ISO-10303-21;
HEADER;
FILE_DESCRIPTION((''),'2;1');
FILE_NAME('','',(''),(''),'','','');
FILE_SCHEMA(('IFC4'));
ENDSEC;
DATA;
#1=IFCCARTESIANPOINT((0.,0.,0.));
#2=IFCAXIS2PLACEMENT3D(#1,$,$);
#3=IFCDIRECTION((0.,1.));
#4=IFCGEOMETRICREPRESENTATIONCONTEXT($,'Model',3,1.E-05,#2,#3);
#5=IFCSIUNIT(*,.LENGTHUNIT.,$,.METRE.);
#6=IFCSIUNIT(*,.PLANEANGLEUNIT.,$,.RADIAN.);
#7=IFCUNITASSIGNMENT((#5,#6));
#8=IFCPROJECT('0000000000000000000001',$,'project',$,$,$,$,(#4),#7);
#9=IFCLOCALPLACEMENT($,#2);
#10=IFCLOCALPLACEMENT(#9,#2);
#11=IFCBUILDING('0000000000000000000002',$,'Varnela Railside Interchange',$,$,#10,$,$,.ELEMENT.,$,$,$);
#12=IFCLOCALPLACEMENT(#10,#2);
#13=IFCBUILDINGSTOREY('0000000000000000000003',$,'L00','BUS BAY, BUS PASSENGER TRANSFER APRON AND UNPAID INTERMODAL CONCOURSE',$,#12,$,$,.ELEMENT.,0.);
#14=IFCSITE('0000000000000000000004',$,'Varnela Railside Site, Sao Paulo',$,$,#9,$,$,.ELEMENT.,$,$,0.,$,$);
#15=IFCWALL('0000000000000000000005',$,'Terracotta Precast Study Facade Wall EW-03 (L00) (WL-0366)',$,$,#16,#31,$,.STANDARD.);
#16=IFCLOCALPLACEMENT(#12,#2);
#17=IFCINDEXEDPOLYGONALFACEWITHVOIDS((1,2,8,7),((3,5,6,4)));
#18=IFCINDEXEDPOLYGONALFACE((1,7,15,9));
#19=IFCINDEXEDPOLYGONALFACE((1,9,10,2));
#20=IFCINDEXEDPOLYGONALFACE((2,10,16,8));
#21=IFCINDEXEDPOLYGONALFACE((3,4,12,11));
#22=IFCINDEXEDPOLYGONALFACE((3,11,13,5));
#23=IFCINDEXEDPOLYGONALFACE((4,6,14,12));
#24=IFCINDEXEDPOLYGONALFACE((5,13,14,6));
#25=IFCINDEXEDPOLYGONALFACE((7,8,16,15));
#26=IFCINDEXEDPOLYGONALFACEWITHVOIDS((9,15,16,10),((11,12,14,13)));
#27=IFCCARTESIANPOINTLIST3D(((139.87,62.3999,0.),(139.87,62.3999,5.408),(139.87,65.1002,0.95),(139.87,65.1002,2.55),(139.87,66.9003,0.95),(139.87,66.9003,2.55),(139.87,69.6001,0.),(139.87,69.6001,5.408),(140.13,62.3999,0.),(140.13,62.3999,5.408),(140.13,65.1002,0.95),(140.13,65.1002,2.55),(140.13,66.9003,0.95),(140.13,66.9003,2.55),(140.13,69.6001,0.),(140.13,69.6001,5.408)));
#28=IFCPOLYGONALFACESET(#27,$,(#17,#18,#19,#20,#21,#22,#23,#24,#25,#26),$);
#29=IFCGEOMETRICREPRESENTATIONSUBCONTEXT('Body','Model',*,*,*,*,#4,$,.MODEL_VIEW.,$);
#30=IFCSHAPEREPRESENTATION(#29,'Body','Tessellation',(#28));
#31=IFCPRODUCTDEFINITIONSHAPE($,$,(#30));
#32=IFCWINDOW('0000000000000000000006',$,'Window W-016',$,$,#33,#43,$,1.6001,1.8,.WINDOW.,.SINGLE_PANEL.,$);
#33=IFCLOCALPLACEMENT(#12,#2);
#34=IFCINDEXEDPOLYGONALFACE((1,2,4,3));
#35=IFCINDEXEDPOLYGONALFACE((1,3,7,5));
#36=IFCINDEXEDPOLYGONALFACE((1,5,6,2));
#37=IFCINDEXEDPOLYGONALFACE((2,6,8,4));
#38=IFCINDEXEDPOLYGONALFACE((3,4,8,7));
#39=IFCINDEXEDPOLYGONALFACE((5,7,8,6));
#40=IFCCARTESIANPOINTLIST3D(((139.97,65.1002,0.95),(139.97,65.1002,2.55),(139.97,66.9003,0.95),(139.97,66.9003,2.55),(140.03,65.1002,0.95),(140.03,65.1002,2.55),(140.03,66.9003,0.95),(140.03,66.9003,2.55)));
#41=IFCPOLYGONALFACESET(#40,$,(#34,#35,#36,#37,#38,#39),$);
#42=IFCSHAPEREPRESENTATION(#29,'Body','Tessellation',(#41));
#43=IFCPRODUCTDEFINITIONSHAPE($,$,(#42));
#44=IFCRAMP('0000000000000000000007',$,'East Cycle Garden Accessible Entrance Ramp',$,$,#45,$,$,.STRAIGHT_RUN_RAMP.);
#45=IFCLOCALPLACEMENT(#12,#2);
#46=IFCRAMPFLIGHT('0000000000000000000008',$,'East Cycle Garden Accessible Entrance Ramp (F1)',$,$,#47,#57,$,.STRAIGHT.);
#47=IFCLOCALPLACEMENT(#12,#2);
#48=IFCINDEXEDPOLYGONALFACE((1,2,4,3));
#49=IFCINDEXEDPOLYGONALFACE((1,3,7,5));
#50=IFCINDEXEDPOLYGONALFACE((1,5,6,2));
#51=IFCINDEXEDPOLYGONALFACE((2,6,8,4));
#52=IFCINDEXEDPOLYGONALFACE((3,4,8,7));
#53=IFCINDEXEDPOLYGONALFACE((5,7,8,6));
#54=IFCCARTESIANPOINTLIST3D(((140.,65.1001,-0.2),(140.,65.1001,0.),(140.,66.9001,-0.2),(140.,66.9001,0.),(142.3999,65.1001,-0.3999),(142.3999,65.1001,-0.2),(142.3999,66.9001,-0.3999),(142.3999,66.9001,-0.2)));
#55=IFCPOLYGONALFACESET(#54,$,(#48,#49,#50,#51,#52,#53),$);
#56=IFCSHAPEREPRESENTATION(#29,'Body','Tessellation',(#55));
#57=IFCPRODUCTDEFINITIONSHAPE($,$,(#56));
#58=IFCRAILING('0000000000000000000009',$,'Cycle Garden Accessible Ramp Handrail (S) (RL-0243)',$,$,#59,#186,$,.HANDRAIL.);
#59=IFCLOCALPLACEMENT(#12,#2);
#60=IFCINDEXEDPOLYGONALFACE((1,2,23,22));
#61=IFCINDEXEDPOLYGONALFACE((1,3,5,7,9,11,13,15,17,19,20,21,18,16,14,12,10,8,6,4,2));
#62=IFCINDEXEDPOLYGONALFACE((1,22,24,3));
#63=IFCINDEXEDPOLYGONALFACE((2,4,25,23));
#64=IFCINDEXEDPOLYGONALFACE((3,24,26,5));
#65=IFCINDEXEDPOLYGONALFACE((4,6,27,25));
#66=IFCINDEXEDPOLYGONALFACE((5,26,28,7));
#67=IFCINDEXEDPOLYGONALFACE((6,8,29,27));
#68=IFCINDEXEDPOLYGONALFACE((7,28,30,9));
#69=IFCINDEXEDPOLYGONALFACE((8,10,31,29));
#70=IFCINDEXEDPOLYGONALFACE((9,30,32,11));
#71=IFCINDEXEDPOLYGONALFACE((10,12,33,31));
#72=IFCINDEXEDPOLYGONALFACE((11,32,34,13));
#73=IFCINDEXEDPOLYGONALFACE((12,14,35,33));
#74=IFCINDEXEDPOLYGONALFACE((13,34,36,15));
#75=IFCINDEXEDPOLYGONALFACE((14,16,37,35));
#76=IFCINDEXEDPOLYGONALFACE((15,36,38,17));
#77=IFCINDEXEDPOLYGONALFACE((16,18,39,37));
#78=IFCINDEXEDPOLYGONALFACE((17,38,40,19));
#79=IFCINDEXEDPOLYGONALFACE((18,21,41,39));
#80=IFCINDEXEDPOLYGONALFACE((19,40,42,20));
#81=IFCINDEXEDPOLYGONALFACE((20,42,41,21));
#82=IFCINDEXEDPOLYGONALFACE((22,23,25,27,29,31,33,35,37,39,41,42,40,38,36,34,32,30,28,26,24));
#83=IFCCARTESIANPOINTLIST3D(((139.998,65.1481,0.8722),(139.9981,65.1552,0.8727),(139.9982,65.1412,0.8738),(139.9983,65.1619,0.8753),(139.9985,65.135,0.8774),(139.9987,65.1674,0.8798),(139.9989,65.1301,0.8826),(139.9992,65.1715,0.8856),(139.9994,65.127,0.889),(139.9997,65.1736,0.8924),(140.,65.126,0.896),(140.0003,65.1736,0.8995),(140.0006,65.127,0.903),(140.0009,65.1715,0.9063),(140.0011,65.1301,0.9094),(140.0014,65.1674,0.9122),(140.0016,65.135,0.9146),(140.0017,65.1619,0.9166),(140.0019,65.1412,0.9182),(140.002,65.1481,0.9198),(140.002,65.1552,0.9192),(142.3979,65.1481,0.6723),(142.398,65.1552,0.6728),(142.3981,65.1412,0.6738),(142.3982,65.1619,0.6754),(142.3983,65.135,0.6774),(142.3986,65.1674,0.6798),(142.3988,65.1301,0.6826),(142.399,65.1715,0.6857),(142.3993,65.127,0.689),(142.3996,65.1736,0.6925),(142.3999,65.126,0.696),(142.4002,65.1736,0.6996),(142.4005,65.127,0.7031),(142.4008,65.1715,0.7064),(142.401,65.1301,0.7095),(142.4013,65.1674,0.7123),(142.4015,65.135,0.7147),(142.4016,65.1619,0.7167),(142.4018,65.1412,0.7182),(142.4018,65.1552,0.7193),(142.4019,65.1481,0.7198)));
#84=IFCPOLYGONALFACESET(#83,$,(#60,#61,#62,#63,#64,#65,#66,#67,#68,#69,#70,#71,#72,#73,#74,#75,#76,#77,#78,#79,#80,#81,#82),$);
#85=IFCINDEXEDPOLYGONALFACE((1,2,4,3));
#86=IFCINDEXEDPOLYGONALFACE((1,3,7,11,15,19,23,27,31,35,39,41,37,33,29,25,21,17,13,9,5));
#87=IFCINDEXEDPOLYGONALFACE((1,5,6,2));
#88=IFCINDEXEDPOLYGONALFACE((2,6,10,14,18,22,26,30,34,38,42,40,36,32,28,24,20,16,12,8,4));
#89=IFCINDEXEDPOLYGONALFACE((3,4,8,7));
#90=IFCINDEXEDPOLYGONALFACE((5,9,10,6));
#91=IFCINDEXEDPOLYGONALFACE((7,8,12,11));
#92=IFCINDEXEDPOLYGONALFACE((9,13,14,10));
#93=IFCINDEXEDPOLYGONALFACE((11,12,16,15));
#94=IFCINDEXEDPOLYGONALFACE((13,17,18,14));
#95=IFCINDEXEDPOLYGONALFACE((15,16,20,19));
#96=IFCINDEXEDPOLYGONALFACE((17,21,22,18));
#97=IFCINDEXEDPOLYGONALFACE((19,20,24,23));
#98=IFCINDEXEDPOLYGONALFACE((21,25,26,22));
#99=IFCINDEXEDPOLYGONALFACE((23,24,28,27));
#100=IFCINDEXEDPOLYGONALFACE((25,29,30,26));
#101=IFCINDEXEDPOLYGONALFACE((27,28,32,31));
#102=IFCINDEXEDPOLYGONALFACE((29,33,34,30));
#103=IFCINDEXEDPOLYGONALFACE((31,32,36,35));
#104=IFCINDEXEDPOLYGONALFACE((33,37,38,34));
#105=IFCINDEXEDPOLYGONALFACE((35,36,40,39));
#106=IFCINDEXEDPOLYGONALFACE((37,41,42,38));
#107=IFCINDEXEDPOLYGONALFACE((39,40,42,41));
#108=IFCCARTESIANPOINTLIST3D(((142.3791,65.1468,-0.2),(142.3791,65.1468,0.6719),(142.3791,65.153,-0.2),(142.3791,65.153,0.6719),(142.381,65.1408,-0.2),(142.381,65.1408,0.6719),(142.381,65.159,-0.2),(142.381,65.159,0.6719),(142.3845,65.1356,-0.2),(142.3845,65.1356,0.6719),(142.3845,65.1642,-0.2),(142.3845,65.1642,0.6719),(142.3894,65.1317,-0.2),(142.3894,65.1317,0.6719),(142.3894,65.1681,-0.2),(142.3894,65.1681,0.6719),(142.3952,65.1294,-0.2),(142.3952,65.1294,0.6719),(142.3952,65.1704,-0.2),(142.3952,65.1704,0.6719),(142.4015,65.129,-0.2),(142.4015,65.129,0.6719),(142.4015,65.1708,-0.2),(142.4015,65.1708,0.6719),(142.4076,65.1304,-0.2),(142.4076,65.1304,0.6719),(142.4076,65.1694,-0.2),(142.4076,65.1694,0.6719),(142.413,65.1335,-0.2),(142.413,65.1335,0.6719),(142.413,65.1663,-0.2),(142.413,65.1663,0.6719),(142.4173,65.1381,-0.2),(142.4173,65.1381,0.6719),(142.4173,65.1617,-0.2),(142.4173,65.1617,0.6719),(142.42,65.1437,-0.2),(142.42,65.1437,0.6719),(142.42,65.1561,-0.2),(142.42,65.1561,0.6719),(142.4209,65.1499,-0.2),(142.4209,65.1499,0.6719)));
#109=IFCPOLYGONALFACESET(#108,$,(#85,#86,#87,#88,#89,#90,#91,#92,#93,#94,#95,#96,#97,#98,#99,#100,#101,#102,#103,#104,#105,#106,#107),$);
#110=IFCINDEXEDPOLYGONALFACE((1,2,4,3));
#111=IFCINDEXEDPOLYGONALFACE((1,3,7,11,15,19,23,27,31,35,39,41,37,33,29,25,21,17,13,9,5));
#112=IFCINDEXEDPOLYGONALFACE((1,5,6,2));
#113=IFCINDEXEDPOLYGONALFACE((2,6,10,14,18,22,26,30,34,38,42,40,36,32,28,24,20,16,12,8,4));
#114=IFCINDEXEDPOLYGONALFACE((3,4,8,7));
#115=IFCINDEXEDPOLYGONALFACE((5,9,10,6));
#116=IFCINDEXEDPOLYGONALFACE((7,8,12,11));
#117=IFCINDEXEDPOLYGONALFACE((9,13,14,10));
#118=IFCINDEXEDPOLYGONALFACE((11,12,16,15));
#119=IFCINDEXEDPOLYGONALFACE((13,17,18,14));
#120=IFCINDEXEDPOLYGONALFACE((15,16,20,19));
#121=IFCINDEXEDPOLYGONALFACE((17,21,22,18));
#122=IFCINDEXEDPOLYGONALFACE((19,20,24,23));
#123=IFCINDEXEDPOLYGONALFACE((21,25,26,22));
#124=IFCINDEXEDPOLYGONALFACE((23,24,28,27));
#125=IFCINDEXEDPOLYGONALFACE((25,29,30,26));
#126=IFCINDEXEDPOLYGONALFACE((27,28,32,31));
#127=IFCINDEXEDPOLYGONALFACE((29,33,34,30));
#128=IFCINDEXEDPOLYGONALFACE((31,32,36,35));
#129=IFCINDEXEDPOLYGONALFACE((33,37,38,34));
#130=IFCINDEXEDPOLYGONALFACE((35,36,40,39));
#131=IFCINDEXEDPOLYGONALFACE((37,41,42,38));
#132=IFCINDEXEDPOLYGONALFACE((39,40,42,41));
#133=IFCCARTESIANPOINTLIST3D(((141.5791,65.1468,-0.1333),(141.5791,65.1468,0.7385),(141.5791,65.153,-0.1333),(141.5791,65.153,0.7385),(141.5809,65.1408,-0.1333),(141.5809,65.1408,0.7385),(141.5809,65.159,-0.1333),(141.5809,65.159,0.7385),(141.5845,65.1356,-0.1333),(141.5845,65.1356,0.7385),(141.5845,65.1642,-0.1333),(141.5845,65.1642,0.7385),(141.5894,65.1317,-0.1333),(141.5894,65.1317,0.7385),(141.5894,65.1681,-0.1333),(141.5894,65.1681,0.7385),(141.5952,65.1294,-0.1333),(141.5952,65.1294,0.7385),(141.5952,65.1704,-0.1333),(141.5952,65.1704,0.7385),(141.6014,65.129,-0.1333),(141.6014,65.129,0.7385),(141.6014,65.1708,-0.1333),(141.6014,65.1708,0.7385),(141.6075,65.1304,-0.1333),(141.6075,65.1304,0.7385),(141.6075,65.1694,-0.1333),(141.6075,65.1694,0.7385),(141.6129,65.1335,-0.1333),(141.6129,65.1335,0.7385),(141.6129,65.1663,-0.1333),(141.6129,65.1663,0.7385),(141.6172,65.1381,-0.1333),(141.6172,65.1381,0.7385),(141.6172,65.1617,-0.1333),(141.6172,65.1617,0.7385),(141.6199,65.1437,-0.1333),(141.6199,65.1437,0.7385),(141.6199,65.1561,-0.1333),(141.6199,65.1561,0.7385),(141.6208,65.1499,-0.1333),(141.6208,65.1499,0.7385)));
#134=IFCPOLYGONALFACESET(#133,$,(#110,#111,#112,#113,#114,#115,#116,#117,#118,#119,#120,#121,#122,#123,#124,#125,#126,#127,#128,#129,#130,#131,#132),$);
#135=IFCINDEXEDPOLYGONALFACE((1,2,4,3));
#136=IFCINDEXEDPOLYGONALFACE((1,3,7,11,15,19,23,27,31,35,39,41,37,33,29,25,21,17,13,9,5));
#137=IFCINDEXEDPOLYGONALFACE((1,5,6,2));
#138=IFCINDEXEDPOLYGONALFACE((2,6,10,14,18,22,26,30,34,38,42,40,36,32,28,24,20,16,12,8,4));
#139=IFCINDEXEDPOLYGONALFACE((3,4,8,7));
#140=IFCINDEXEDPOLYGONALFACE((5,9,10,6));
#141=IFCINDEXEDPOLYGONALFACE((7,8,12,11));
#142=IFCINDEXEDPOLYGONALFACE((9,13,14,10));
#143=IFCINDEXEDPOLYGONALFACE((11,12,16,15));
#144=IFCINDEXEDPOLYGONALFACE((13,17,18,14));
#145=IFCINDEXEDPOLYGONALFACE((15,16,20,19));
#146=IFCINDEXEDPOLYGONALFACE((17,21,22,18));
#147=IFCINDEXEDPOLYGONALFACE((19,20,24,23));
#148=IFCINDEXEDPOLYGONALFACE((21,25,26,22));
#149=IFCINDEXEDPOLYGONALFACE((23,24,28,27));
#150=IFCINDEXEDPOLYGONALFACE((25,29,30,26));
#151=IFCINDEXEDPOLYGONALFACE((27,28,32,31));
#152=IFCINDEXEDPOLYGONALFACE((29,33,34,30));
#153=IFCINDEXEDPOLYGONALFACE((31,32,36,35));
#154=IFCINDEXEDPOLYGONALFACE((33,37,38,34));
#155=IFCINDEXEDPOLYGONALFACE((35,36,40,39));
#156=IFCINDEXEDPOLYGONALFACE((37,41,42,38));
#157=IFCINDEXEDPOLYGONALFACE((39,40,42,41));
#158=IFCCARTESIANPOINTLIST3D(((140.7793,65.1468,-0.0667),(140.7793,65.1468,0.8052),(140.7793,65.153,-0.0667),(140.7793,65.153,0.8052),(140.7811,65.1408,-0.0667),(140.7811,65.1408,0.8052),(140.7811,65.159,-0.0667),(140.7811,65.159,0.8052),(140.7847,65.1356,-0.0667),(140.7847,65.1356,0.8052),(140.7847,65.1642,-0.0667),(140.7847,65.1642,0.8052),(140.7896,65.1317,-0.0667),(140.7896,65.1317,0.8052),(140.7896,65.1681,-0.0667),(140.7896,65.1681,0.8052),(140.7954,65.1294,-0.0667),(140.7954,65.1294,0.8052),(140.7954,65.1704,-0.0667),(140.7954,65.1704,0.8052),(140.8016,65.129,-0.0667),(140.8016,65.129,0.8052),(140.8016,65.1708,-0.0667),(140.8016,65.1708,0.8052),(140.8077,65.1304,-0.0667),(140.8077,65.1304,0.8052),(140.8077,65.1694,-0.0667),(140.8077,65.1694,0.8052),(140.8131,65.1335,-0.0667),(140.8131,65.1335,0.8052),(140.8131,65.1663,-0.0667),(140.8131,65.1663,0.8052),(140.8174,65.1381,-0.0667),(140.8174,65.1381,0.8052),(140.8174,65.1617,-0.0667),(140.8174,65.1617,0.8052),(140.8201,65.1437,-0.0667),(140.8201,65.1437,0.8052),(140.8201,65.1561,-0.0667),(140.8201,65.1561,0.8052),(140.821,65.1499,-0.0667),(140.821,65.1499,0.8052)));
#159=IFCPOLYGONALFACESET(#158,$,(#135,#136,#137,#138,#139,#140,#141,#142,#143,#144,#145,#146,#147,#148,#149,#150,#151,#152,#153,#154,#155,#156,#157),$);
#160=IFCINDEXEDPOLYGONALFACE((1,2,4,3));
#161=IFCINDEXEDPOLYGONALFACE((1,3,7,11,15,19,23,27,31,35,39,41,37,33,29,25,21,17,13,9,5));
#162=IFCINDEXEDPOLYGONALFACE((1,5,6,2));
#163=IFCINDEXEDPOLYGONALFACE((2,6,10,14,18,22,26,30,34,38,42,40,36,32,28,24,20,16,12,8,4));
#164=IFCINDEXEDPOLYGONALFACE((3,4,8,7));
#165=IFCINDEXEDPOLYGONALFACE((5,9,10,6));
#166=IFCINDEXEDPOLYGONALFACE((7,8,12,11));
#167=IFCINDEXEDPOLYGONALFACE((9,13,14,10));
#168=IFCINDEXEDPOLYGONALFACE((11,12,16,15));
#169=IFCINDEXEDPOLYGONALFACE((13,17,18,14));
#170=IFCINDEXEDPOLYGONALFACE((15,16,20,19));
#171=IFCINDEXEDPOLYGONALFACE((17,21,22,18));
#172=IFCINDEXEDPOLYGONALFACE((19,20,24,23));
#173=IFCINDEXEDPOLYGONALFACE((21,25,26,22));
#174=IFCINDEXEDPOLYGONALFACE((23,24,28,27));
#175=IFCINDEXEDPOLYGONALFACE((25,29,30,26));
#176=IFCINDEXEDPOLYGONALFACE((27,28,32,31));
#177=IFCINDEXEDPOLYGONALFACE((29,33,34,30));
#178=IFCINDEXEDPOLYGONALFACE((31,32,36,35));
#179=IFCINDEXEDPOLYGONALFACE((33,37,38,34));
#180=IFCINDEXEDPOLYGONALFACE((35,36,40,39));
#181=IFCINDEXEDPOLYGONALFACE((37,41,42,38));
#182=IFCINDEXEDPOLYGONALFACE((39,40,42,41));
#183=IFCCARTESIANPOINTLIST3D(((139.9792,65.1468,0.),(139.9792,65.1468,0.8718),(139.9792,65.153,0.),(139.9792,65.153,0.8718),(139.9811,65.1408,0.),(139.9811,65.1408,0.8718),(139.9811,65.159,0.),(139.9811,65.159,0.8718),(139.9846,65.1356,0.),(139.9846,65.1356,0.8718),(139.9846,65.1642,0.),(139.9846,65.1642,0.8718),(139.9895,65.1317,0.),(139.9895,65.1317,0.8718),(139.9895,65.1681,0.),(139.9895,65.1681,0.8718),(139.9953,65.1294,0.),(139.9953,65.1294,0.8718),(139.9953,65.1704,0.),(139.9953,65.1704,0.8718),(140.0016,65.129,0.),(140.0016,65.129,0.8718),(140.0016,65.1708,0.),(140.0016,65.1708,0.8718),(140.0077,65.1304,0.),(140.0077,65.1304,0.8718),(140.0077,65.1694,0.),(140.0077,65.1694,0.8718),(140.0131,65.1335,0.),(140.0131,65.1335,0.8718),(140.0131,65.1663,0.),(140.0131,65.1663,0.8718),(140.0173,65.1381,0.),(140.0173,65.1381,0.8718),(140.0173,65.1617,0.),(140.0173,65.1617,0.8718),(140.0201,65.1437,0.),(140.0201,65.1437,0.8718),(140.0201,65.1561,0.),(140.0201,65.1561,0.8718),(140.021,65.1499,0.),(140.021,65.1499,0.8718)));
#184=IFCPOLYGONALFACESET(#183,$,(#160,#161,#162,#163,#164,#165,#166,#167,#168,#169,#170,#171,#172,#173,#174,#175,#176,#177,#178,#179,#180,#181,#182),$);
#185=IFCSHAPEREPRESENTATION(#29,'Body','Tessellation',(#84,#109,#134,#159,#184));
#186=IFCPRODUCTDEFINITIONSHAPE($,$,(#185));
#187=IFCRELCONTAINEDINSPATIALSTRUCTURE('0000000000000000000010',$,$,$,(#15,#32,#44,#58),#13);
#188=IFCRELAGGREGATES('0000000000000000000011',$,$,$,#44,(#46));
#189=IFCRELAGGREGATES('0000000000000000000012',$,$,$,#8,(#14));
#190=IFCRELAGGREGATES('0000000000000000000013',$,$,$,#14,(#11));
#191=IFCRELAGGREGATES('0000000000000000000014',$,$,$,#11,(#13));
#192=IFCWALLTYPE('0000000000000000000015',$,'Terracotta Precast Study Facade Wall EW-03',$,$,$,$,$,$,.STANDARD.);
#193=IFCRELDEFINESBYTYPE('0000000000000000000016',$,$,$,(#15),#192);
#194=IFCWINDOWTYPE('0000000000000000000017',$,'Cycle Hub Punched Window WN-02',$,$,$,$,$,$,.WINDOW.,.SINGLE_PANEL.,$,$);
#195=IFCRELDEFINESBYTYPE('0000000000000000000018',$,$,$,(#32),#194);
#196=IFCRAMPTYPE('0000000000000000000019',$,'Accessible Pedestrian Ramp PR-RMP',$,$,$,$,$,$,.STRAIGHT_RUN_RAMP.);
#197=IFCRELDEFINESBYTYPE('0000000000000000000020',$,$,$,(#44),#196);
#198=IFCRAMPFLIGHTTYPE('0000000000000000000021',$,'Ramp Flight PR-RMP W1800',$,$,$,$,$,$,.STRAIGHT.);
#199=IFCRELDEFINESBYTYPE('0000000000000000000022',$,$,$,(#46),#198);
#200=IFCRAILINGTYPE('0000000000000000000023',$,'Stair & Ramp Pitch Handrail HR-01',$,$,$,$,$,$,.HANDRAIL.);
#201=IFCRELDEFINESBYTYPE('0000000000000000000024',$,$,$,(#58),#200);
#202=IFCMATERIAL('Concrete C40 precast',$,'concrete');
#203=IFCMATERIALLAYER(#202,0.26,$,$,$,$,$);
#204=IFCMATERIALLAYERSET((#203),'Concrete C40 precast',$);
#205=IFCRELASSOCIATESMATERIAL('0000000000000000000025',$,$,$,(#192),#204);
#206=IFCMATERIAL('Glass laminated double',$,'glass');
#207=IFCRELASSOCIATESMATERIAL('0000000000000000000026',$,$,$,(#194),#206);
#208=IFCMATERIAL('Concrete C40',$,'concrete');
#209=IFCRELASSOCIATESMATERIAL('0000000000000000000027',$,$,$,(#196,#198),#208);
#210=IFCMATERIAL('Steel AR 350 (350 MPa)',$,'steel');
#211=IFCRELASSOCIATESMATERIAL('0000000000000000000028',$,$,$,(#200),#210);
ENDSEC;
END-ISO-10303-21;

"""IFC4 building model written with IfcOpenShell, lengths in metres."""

from ifc_helpers import new_model, si_unit, direction, frame, frame_2d, origin, origin_2d, place, context, subcontext, project, spatial, polyline, rectangle, circle, outline, extrude, material, layer, layer_set, type_object, element, fill, aggregate, save


model = new_model("IFC4")

# Units and contexts
model_context = context("Model", 3, precision=1e-05, world=origin(), true_north=direction((0.0, 1.0)))
body_context = subcontext(model_context, "Body", "Model", "MODEL_VIEW")
ifc_project = project(units=[si_unit("LENGTHUNIT", "METRE"), si_unit("PLANEANGLEUNIT", "RADIAN")], contexts=[model_context])

# Site, building, storey
site_placement = place(None, origin())
site = spatial("IfcSite", under=ifc_project, at=site_placement, Name="Varnela Railside Site, Sao Paulo", CompositionType="ELEMENT", RefElevation=0.0)
building_placement = place(site_placement, origin())
building = spatial("IfcBuilding", under=site, at=building_placement, Name="Varnela Railside Interchange", CompositionType="ELEMENT")
storey_placement = place(building_placement, origin())
storey = spatial("IfcBuildingStorey", under=building, at=storey_placement, Name="L00", Description="BUS BAY, BUS PASSENGER TRANSFER APRON AND UNPAID INTERMODAL CONCOURSE", CompositionType="ELEMENT", Elevation=0.0)

# Shared definitions
ifc_material_1 = material(Name="Steel AR 350 (350 MPa)", Category="steel")
ifc_material_2 = material(Name="Concrete C40", Category="concrete")

# Wall, opening, window
ifc_material_3 = material(Name="Concrete C40 precast", Category="concrete")
ifc_layer_1 = layer(ifc_material_3, 0.26)
ifc_layer_set_1 = layer_set([ifc_layer_1], Name="Concrete C40 precast")
wall_type_1 = type_object("IfcWallType", Name="Terracotta Precast Study Facade Wall EW-03", PredefinedType="STANDARD", material=ifc_layer_set_1)
ifc_material_4 = material(Name="Glass laminated double", Category="glass")
wall_1_placement = place(storey_placement, frame((140.0, 69.6001, 0.0), z_axis=(0.0, 0.0, 1.0), x_axis=(0.0, -1.0, 0.0)))
wall_1 = element("IfcWall", 1, at=wall_1_placement, inside=storey, type_object=wall_type_1, Name="Terracotta Precast Study Facade Wall EW-03 (L00) (WL-0366)", PredefinedType="STANDARD", context=body_context, shape_type="SweptSolid", body=[
    extrude(rectangle(XDim=7.2002, YDim=0.26, at=frame_2d((3.6001, 0.0))), origin(), (0.0, 0.0, 1.0), 5.408),
])
opening_1_placement = place(wall_1_placement, frame((2.7, 0.0, 0.95)))
opening_1 = element("IfcOpeningElement", 2, at=opening_1_placement, cuts=wall_1, PredefinedType="OPENING", context=body_context, shape_type="SweptSolid", body=[
    extrude(rectangle(XDim=1.8, YDim=1.6001, at=frame_2d((0.8999, 0.8))), frame((0.0, 0.1399, 0.0), z_axis=(0.0, -1.0, 0.0), x_axis=(1.0, 0.0, 0.0)), (0.0, 0.0, 1.0), 0.28),
])
window_type_1 = type_object("IfcWindowType", Name="Cycle Hub Punched Window WN-02", PartitioningType="SINGLE_PANEL", PredefinedType="WINDOW", material=ifc_material_4)
window_1_placement = place(opening_1_placement, origin())
window_1 = element("IfcWindow", 3, at=window_1_placement, inside=storey, type_object=window_type_1, Name="Window W-016", OverallHeight=1.6001, OverallWidth=1.8, PartitioningType="SINGLE_PANEL", PredefinedType="WINDOW", context=body_context, shape_type="SweptSolid", body=[
    extrude(rectangle(XDim=1.8, YDim=1.6001, at=frame_2d((0.8999, 0.8))), frame((0.0, 0.03, 0.0), z_axis=(0.0, -1.0, 0.0), x_axis=(1.0, 0.0, 0.0)), (0.0, 0.0, 1.0), 0.0601),
])
fill(opening_1, window_1)

# Ramp, ramp flight
ramp_type = type_object("IfcRampType", Name="Accessible Pedestrian Ramp PR-RMP", PredefinedType="STRAIGHT_RUN_RAMP", material=ifc_material_2)
ramp_placement = place(storey_placement, origin())
ramp = element("IfcRamp", 4, at=ramp_placement, inside=storey, type_object=ramp_type, Name="East Cycle Garden Accessible Entrance Ramp", PredefinedType="STRAIGHT_RUN_RAMP")
ramp_flight_type = type_object("IfcRampFlightType", Name="Ramp Flight PR-RMP W1800", PredefinedType="STRAIGHT", material=ifc_material_2)
ramp_flight_placement = place(storey_placement, frame((142.3999, 66.0, -0.2), z_axis=(0.0, 0.0, 1.0), x_axis=(-1.0, 0.0, 0.0)))
ramp_flight = element("IfcRampFlight", 5, at=ramp_flight_placement, type_object=ramp_flight_type, Name="East Cycle Garden Accessible Entrance Ramp (F1)", PredefinedType="STRAIGHT", context=body_context, shape_type="SweptSolid", body=[
    extrude(outline(polyline([(0.0, -0.2), (2.3999, 0.0), (2.3999, 0.2), (0.0, 0.0), (0.0, -0.2)])), frame((0.0, 0.8999, 0.0), z_axis=(0.0, -1.0, 0.0), x_axis=(1.0, 0.0, 0.0)), (0.0, 0.0, 1.0), 1.8),
])
aggregate(ramp, [ramp_flight])

# Railing
railing_type = type_object("IfcRailingType", Name="Stair & Ramp Pitch Handrail HR-01", PredefinedType="HANDRAIL", material=ifc_material_1)
for number, where, name in (
    (6, (142.3999, 65.1499, -0.2), "Cycle Garden Accessible Ramp Handrail (S) (RL-0243)"),
):
    element("IfcRailing", number, at=place(storey_placement, frame(where)), inside=storey, type_object=railing_type, Name=name, PredefinedType="HANDRAIL", context=body_context, shape_type="SweptSolid", body=[
        extrude(circle(Radius=0.0239, at=origin_2d()), frame((0.0, 0.0, 0.896), z_axis=(-0.996547, 0.0, 0.083029), x_axis=(0.0, -1.0, 0.0)), (0.0, 0.0, 1.0), 2.4082),
        extrude(circle(Radius=0.021, at=origin_2d()), origin(), (0.0, 0.0, 1.0), 0.8718),
        extrude(circle(Radius=0.021, at=origin_2d()), frame((-0.8, 0.0, 0.0667)), (0.0, 0.0, 1.0), 0.8718),
        extrude(circle(Radius=0.021, at=origin_2d()), frame((-1.5999, 0.0, 0.1333)), (0.0, 0.0, 1.0), 0.8718),
        extrude(circle(Radius=0.021, at=origin_2d()), frame((-2.3999, 0.0, 0.2)), (0.0, 0.0, 1.0), 0.8718),
    ])

save(model, "model.ifc")
